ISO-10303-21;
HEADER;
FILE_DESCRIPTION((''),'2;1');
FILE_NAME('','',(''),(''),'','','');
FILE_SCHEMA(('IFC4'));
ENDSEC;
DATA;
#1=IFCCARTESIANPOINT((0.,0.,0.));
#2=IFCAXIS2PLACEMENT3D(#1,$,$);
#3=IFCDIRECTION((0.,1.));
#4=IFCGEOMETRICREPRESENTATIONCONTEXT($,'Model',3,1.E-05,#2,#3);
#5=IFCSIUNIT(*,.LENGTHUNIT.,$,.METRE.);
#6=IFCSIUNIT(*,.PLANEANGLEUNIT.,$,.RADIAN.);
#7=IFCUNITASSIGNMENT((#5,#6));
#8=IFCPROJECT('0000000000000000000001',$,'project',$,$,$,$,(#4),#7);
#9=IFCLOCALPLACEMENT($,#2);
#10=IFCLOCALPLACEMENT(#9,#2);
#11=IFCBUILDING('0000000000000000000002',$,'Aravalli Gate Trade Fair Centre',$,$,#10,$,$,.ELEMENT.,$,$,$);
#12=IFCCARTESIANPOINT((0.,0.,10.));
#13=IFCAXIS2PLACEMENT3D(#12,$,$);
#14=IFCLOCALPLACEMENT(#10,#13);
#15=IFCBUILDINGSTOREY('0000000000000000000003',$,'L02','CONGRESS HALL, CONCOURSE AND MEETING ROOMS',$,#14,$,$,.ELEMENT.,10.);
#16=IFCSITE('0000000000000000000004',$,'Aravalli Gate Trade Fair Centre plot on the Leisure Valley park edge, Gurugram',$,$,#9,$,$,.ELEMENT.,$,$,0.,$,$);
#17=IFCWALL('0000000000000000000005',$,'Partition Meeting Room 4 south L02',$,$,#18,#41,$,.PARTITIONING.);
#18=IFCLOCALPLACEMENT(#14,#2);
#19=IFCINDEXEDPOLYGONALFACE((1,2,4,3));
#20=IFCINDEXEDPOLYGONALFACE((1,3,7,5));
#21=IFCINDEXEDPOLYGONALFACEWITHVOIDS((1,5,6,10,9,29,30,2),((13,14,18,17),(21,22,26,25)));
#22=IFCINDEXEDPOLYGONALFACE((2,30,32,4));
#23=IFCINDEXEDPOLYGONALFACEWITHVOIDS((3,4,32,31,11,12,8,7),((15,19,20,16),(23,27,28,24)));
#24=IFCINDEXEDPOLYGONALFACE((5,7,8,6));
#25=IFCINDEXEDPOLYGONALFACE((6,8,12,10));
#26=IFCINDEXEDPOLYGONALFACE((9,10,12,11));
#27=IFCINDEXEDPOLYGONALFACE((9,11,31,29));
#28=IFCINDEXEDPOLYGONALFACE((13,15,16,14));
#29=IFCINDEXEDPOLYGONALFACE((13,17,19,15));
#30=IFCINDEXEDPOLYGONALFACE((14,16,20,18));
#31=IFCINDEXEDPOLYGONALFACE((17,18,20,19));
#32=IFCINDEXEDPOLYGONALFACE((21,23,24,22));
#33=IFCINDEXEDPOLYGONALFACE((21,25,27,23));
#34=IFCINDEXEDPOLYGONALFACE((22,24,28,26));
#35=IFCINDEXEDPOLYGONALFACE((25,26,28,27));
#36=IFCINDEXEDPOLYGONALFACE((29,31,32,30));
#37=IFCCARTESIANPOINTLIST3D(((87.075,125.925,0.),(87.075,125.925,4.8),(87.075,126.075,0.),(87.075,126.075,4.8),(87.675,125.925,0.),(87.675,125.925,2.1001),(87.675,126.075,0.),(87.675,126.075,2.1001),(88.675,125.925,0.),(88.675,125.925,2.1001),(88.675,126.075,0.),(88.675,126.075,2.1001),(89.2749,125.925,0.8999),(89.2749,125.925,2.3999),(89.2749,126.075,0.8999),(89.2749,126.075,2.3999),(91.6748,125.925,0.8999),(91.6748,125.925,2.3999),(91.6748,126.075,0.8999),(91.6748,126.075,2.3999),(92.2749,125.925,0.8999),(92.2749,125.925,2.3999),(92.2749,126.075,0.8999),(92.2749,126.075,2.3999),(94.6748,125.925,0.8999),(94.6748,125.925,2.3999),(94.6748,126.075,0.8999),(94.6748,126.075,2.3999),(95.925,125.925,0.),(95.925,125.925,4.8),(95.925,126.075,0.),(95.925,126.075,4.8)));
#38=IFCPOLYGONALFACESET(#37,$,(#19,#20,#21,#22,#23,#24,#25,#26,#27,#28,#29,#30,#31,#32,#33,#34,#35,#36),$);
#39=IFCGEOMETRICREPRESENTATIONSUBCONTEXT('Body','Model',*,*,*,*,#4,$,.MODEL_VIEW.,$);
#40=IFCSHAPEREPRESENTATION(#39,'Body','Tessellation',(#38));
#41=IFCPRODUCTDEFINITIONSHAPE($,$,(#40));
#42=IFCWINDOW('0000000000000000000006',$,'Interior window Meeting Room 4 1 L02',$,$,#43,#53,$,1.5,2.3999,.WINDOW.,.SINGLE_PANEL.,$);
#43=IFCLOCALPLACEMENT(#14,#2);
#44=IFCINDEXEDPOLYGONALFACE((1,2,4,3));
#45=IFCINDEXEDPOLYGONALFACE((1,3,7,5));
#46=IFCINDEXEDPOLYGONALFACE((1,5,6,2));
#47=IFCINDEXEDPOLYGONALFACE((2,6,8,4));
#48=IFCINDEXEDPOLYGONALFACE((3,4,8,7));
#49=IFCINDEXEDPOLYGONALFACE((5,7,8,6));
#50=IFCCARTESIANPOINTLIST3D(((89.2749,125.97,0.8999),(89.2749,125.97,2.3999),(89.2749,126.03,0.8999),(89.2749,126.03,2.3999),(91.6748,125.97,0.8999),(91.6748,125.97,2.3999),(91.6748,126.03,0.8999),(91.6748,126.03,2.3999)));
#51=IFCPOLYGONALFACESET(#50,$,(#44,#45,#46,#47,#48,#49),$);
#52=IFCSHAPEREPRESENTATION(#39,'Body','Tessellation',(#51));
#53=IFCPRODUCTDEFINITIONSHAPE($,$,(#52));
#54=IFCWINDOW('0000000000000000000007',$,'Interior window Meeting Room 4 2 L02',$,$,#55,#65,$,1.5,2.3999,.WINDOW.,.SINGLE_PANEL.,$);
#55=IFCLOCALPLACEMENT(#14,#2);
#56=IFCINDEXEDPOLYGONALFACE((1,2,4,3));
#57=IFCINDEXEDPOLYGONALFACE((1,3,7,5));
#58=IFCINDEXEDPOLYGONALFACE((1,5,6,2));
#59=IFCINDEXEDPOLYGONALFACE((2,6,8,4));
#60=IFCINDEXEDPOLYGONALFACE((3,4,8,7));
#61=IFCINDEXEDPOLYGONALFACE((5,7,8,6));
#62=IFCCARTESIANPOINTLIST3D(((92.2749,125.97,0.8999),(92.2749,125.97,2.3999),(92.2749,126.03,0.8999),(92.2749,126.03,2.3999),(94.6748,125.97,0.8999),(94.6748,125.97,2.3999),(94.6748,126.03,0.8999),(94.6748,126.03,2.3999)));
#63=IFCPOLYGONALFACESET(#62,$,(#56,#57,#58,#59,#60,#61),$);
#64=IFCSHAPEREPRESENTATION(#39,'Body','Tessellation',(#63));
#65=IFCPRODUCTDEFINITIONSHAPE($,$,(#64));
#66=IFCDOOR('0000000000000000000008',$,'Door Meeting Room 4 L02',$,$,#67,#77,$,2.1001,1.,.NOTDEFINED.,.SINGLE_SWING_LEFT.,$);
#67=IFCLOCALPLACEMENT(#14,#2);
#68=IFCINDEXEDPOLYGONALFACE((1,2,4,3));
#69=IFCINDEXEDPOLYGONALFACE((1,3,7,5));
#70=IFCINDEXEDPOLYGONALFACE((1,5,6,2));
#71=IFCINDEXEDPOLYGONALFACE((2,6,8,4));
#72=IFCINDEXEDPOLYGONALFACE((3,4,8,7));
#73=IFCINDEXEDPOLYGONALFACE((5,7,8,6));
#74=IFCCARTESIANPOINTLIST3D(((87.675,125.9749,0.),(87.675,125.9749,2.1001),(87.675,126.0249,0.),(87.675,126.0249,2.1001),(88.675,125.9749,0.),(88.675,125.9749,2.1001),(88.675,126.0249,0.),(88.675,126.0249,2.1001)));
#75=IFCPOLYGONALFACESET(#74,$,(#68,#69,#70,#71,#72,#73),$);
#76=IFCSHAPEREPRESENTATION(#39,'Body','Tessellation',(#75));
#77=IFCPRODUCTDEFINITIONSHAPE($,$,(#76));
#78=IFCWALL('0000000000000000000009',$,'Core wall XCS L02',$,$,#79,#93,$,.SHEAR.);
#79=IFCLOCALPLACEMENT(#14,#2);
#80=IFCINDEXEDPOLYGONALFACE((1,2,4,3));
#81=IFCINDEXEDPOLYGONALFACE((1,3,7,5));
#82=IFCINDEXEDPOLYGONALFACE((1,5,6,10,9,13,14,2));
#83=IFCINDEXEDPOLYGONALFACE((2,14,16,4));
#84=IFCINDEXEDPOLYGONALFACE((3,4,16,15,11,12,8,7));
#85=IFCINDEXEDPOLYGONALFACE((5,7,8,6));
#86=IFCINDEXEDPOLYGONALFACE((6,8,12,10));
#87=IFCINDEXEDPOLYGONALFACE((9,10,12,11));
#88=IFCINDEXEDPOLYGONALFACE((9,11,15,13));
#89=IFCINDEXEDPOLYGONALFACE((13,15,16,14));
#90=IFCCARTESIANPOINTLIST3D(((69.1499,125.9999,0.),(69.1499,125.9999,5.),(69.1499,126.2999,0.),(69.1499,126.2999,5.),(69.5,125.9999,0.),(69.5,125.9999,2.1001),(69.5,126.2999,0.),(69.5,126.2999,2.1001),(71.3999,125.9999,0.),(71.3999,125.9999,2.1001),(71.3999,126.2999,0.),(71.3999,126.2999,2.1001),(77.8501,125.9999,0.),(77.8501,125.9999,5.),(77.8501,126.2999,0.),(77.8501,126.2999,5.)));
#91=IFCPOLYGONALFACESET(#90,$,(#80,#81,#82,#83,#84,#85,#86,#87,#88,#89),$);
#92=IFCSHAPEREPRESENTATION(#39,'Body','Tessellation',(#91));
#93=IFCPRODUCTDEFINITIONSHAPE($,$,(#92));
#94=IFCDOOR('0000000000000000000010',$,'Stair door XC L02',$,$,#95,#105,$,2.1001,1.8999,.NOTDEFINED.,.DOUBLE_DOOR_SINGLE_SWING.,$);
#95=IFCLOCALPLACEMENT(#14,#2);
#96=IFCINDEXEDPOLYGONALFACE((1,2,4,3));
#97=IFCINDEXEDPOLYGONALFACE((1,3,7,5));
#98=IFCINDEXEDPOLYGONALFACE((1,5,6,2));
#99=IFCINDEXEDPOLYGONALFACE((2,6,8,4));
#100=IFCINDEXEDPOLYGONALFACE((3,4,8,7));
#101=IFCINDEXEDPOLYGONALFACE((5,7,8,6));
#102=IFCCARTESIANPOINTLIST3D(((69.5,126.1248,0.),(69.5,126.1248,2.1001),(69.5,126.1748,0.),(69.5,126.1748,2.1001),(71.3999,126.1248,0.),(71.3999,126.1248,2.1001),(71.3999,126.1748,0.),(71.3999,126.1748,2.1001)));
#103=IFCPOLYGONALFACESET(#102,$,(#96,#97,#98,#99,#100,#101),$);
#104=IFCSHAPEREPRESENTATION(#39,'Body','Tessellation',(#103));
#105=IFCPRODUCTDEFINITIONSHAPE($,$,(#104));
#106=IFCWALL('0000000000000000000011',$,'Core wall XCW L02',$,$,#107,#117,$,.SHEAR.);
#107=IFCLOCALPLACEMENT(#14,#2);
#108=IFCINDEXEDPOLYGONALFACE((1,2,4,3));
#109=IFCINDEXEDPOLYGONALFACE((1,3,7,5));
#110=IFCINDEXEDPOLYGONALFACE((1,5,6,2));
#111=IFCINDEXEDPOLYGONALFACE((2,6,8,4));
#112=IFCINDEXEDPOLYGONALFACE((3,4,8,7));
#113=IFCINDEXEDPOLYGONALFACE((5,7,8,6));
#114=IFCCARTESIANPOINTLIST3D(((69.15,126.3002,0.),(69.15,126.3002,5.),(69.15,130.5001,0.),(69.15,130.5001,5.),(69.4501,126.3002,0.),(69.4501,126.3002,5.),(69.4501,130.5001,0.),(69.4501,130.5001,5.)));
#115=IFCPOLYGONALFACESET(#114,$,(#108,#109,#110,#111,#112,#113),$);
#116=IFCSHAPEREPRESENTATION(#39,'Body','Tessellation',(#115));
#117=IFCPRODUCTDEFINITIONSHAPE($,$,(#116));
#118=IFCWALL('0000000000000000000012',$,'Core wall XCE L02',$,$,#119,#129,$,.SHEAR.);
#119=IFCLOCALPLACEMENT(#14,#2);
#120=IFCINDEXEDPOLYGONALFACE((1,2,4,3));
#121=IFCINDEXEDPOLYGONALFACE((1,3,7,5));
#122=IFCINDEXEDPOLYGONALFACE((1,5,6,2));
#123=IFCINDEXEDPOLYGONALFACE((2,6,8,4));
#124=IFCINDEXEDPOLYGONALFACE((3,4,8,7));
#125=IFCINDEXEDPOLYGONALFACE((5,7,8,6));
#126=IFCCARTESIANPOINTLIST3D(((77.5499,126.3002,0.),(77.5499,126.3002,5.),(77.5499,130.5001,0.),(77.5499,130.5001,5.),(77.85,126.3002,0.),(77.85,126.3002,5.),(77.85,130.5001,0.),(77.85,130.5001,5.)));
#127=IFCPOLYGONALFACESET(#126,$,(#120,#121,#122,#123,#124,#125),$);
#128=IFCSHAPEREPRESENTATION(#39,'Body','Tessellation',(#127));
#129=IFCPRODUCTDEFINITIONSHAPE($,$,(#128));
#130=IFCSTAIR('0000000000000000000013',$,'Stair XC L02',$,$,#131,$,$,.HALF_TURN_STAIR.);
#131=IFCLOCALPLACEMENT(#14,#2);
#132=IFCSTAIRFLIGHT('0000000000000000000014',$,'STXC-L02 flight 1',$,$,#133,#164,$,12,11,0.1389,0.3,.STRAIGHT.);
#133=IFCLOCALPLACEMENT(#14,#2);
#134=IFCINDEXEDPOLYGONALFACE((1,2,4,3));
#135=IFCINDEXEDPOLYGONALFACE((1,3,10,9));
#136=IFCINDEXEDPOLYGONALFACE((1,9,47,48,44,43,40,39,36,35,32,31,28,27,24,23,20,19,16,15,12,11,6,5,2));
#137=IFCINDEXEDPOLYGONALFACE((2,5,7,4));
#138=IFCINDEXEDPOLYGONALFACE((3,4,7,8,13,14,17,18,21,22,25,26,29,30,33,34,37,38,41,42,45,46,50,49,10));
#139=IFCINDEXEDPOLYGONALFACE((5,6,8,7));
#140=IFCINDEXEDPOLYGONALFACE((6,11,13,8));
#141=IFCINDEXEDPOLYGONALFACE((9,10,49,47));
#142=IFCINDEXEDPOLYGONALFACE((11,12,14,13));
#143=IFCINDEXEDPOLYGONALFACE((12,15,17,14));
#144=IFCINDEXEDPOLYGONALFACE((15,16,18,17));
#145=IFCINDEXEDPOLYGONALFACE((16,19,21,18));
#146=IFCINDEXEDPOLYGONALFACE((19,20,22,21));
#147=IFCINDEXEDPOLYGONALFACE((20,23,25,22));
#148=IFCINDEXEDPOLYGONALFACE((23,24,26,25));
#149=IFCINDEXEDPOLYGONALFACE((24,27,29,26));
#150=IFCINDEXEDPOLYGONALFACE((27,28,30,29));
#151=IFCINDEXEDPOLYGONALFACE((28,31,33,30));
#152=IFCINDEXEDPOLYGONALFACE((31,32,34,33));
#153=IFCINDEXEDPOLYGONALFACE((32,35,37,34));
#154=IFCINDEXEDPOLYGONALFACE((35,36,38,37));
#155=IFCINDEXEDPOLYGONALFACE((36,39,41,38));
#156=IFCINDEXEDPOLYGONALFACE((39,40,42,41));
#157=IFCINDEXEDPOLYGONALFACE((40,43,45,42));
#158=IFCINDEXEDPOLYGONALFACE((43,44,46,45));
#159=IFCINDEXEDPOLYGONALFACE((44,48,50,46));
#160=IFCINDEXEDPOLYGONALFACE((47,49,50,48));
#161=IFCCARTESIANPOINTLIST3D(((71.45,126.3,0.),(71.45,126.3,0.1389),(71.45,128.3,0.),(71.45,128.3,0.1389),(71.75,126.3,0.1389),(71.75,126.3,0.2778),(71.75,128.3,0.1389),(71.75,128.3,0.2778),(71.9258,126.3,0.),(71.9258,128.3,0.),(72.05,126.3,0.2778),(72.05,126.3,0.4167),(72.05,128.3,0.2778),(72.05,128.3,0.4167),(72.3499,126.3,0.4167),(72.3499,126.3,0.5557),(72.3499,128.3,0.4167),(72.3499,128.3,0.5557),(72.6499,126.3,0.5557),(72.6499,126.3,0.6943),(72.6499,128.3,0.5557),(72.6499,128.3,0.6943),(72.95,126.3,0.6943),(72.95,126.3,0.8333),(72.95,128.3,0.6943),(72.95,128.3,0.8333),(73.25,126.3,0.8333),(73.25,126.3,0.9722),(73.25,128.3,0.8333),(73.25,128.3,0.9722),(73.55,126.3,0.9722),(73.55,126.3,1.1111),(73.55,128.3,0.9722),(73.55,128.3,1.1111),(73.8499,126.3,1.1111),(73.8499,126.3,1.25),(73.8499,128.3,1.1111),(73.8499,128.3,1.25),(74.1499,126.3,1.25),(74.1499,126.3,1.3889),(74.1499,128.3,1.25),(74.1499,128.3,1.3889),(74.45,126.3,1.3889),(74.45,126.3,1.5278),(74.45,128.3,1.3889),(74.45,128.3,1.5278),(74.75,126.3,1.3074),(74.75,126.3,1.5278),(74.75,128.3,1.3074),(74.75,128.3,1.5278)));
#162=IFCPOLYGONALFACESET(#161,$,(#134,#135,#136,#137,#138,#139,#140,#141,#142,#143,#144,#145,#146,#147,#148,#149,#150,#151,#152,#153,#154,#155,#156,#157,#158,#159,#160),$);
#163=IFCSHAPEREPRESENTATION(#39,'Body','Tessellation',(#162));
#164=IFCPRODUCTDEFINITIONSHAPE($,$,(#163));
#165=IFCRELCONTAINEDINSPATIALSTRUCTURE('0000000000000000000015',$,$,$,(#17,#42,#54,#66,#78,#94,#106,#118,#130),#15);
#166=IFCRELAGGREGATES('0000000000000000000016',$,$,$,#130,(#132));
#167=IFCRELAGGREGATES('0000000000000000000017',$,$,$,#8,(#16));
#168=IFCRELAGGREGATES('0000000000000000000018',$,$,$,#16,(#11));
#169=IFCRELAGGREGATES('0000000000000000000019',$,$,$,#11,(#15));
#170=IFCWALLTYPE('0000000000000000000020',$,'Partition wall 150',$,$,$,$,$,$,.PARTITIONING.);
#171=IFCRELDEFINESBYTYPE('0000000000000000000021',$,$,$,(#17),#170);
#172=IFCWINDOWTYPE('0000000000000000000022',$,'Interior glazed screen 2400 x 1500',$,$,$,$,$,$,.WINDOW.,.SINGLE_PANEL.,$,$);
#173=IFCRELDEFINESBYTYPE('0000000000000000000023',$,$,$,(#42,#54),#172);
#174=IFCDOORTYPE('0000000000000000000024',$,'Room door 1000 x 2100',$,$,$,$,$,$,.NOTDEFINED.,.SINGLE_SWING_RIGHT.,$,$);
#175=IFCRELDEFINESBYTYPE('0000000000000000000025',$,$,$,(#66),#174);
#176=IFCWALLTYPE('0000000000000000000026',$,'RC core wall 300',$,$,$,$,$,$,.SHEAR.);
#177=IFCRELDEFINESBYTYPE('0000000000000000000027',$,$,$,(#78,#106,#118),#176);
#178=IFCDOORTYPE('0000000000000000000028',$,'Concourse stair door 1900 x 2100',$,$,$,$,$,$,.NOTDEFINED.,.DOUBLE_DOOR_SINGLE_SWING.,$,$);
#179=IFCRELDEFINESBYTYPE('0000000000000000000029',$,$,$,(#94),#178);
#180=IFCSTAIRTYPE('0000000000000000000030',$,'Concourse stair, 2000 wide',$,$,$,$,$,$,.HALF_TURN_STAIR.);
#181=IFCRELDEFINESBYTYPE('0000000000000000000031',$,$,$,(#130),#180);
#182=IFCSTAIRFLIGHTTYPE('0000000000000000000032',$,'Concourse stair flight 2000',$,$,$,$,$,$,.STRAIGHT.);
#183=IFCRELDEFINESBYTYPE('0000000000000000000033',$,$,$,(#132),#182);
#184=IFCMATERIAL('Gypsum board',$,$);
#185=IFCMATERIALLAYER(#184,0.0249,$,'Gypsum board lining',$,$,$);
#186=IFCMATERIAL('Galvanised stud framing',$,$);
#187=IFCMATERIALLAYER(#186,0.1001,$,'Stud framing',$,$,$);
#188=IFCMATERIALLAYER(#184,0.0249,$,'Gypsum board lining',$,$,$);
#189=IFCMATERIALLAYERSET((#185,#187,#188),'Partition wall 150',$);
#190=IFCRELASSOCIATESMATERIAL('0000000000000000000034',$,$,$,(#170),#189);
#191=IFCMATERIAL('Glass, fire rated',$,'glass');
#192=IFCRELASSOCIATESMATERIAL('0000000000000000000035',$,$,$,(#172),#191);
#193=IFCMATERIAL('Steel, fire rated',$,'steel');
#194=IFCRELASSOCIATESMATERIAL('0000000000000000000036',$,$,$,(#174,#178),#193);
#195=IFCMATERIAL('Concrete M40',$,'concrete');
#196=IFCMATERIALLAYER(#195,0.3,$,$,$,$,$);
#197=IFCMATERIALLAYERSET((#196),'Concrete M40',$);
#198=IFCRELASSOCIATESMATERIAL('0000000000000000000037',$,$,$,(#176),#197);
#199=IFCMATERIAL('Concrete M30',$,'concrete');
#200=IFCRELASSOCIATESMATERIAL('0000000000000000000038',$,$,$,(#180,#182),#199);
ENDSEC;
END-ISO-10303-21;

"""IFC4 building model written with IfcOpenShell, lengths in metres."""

from ifc_helpers import new_model, si_unit, direction, frame, frame_2d, origin, place, context, subcontext, project, spatial, polyline, rectangle, outline, extrude, material, layer, layer_set, type_object, element, fill, aggregate, save


model = new_model("IFC4")

# Units and contexts
model_context = context("Model", 3, precision=1e-05, world=origin(), true_north=direction((0.0, 1.0)))
body_context = subcontext(model_context, "Body", "Model", "MODEL_VIEW")
ifc_project = project(units=[si_unit("LENGTHUNIT", "METRE"), si_unit("PLANEANGLEUNIT", "RADIAN")], contexts=[model_context])

# Site, building, storey
site_placement = place(None, origin())
site = spatial("IfcSite", under=ifc_project, at=site_placement, Name="Aravalli Gate Trade Fair Centre plot on the Leisure Valley park edge, Gurugram", CompositionType="ELEMENT", RefElevation=0.0)
building_placement = place(site_placement, origin())
building = spatial("IfcBuilding", under=site, at=building_placement, Name="Aravalli Gate Trade Fair Centre", CompositionType="ELEMENT")
storey_placement = place(building_placement, frame((0.0, 0.0, 10.0)))
storey = spatial("IfcBuildingStorey", under=building, at=storey_placement, Name="L02", Description="CONGRESS HALL, CONCOURSE AND MEETING ROOMS", CompositionType="ELEMENT", Elevation=10.0)

# Shared definitions
ifc_material_1 = material(Name="Gypsum board")
ifc_layer_1 = layer(ifc_material_1, 0.0249, Name="Gypsum board lining")
ifc_material_2 = material(Name="Galvanised stud framing")
ifc_layer_2 = layer(ifc_material_2, 0.1001, Name="Stud framing")
ifc_layer_3 = layer(ifc_material_1, 0.0249, Name="Gypsum board lining")
ifc_layer_set_1 = layer_set([ifc_layer_1, ifc_layer_2, ifc_layer_3], Name="Partition wall 150")
wall_type_1 = type_object("IfcWallType", Name="Partition wall 150", PredefinedType="PARTITIONING", material=ifc_layer_set_1)

# Shared definitions
ifc_material_3 = material(Name="Glass, fire rated", Category="glass")
window_type = type_object("IfcWindowType", Name="Interior glazed screen 2400 x 1500", PartitioningType="SINGLE_PANEL", PredefinedType="WINDOW", material=ifc_material_3)
ifc_material_4 = material(Name="Steel, fire rated", Category="steel")
door_type_1 = type_object("IfcDoorType", Name="Room door 1000 x 2100", OperationType="SINGLE_SWING_RIGHT", PredefinedType="NOTDEFINED", material=ifc_material_4)

# Wall, openings, windows, door
wall_1_placement = place(storey_placement, frame((87.075, 126.0, 0.0), z_axis=(0.0, 0.0, 1.0), x_axis=(1.0, 0.0, 0.0)))
wall_1 = element("IfcWall", 1, at=wall_1_placement, inside=storey, type_object=wall_type_1, Name="Partition Meeting Room 4 south L02", PredefinedType="PARTITIONING", context=body_context, shape_type="SweptSolid", body=[
    extrude(rectangle(XDim=8.8501, YDim=0.1499, at=frame_2d((4.425, 0.0))), origin(), (0.0, 0.0, 1.0), 4.8),
])
opening_1_placement = place(wall_1_placement, frame((0.6001, 0.0, 0.0)))
opening_1 = element("IfcOpeningElement", 2, at=opening_1_placement, cuts=wall_1, PredefinedType="OPENING", context=body_context, shape_type="SweptSolid", body=[
    extrude(rectangle(XDim=1.0, YDim=2.1001, at=frame_2d((0.5, 1.05))), frame((0.0, 0.085, 0.0), z_axis=(0.0, -1.0, 0.0), x_axis=(1.0, 0.0, 0.0)), (0.0, 0.0, 1.0), 0.1699),
])
opening_2_placement = place(wall_1_placement, frame((2.2, 0.0, 0.8999)))
opening_2 = element("IfcOpeningElement", 3, at=opening_2_placement, cuts=wall_1, PredefinedType="OPENING", context=body_context, shape_type="SweptSolid", body=[
    extrude(rectangle(XDim=2.3999, YDim=1.5, at=frame_2d((1.2, 0.75))), frame((0.0, 0.085, 0.0), z_axis=(0.0, -1.0, 0.0), x_axis=(1.0, 0.0, 0.0)), (0.0, 0.0, 1.0), 0.1699),
])
opening_3_placement = place(wall_1_placement, frame((5.2, 0.0, 0.8999)))
opening_3 = element("IfcOpeningElement", 4, at=opening_3_placement, cuts=wall_1, PredefinedType="OPENING", context=body_context, shape_type="SweptSolid", body=[
    extrude(rectangle(XDim=2.3999, YDim=1.5, at=frame_2d((1.2, 0.75))), frame((0.0, 0.085, 0.0), z_axis=(0.0, -1.0, 0.0), x_axis=(1.0, 0.0, 0.0)), (0.0, 0.0, 1.0), 0.1699),
])
window_1_placement = place(opening_2_placement, origin())
window_1 = element("IfcWindow", 5, at=window_1_placement, inside=storey, type_object=window_type, Name="Interior window Meeting Room 4 1 L02", OverallHeight=1.5, OverallWidth=2.3999, PartitioningType="SINGLE_PANEL", PredefinedType="WINDOW", context=body_context, shape_type="SweptSolid", body=[
    extrude(rectangle(XDim=2.3999, YDim=1.5, at=frame_2d((1.2, 0.75))), frame((0.0, 0.03, 0.0), z_axis=(0.0, -1.0, 0.0), x_axis=(1.0, 0.0, 0.0)), (0.0, 0.0, 1.0), 0.0601),
])
fill(opening_2, window_1)
window_2_placement = place(opening_3_placement, origin())
window_2 = element("IfcWindow", 6, at=window_2_placement, inside=storey, type_object=window_type, Name="Interior window Meeting Room 4 2 L02", OverallHeight=1.5, OverallWidth=2.3999, PartitioningType="SINGLE_PANEL", PredefinedType="WINDOW", context=body_context, shape_type="SweptSolid", body=[
    extrude(rectangle(XDim=2.3999, YDim=1.5, at=frame_2d((1.2, 0.75))), frame((0.0, 0.03, 0.0), z_axis=(0.0, -1.0, 0.0), x_axis=(1.0, 0.0, 0.0)), (0.0, 0.0, 1.0), 0.0601),
])
fill(opening_3, window_2)
door_1_placement = place(opening_1_placement, origin())
door_1 = element("IfcDoor", 7, at=door_1_placement, inside=storey, type_object=door_type_1, Name="Door Meeting Room 4 L02", OperationType="SINGLE_SWING_LEFT", OverallHeight=2.1001, OverallWidth=1.0, PredefinedType="NOTDEFINED", context=body_context, shape_type="SweptSolid", body=[
    extrude(rectangle(XDim=1.0, YDim=2.1001, at=frame_2d((0.5, 1.05))), frame((0.0, 0.0249, 0.0), z_axis=(0.0, -1.0, 0.0), x_axis=(1.0, 0.0, 0.0)), (0.0, 0.0, 1.0), 0.05),
])
fill(opening_1, door_1)

# Wall, opening, door
ifc_material_5 = material(Name="Concrete M40", Category="concrete")
ifc_layer_4 = layer(ifc_material_5, 0.3)
ifc_layer_set_2 = layer_set([ifc_layer_4], Name="Concrete M40")
wall_type_2 = type_object("IfcWallType", Name="RC core wall 300", PredefinedType="SHEAR", material=ifc_layer_set_2)
wall_2_placement = place(storey_placement, frame((69.1499, 126.1499, 0.0), z_axis=(0.0, 0.0, 1.0), x_axis=(1.0, 0.0, 0.0)))
wall_2 = element("IfcWall", 8, at=wall_2_placement, inside=storey, type_object=wall_type_2, Name="Core wall XCS L02", PredefinedType="SHEAR", context=body_context, shape_type="SweptSolid", body=[
    extrude(rectangle(XDim=8.7002, YDim=0.3, at=frame_2d((4.3501, 0.0))), origin(), (0.0, 0.0, 1.0), 5.0),
])
opening_4_placement = place(wall_2_placement, frame((0.3501, 0.0, 0.0)))
opening_4 = element("IfcOpeningElement", 9, at=opening_4_placement, cuts=wall_2, PredefinedType="OPENING", context=body_context, shape_type="SweptSolid", body=[
    extrude(rectangle(XDim=1.8999, YDim=2.1001, at=frame_2d((0.95, 1.05))), frame((0.0, 0.1599, 0.0), z_axis=(0.0, -1.0, 0.0), x_axis=(1.0, 0.0, 0.0)), (0.0, 0.0, 1.0), 0.3201),
])
door_type_2 = type_object("IfcDoorType", Name="Concourse stair door 1900 x 2100", OperationType="DOUBLE_DOOR_SINGLE_SWING", PredefinedType="NOTDEFINED", material=ifc_material_4)
door_2_placement = place(opening_4_placement, origin())
door_2 = element("IfcDoor", 10, at=door_2_placement, inside=storey, type_object=door_type_2, Name="Stair door XC L02", OperationType="DOUBLE_DOOR_SINGLE_SWING", OverallHeight=2.1001, OverallWidth=1.8999, PredefinedType="NOTDEFINED", context=body_context, shape_type="SweptSolid", body=[
    extrude(rectangle(XDim=1.8999, YDim=2.1001, at=frame_2d((0.95, 1.05))), frame((0.0, 0.0249, 0.0), z_axis=(0.0, -1.0, 0.0), x_axis=(1.0, 0.0, 0.0)), (0.0, 0.0, 1.0), 0.05),
])
fill(opening_4, door_2)

# Walls
for number, where, z_axis, x_axis, name in (
    (11, (69.3, 126.3, 0.0), (0.0, 0.0, 1.0), (0.0, 1.0, 0.0), "Core wall XCW L02"),
    (12, (77.7, 126.3, 0.0), (0.0, 0.0, 1.0), (0.0, 1.0, 0.0), "Core wall XCE L02"),
):
    element("IfcWall", number, at=place(storey_placement, frame(where, z_axis=z_axis, x_axis=x_axis)), inside=storey, type_object=wall_type_2, Name=name, PredefinedType="SHEAR", context=body_context, shape_type="SweptSolid", body=[
        extrude(rectangle(XDim=4.2, YDim=0.3, at=frame_2d((2.1001, 0.0))), origin(), (0.0, 0.0, 1.0), 5.0),
    ])

# Stair, stair flight
ifc_material_6 = material(Name="Concrete M30", Category="concrete")
stair_type = type_object("IfcStairType", Name="Concourse stair, 2000 wide", PredefinedType="HALF_TURN_STAIR", material=ifc_material_6)
stair_placement = place(storey_placement, origin())
stair = element("IfcStair", 13, at=stair_placement, inside=storey, type_object=stair_type, Name="Stair XC L02", PredefinedType="HALF_TURN_STAIR")
stair_flight_type = type_object("IfcStairFlightType", Name="Concourse stair flight 2000", PredefinedType="STRAIGHT", material=ifc_material_6)
stair_flight_1_placement = place(storey_placement, frame((71.45, 127.3, 0.0), z_axis=(0.0, 0.0, 1.0), x_axis=(1.0, 0.0, 0.0)))
stair_flight_1 = element("IfcStairFlight", 14, at=stair_flight_1_placement, type_object=stair_flight_type, Name="STXC-L02 flight 1", NumberOfRisers=12, NumberOfTreads=11, PredefinedType="STRAIGHT", RiserHeight=0.1389, TreadLength=0.3, context=body_context, shape_type="SweptSolid", body=[
    extrude(outline(polyline([(0.0, 0.0), (0.0, 0.1389), (0.3, 0.1389), (0.3, 0.2778), (0.6001, 0.2778), (0.6001, 0.4167), (0.8999, 0.4167), (0.8999, 0.5557), (1.2, 0.5557), (1.2, 0.6943), (1.5, 0.6943), (1.5, 0.8333), (1.8, 0.8333), (1.8, 0.9722), (2.1001, 0.9722), (2.1001, 1.1111), (2.3999, 1.1111), (2.3999, 1.25), (2.7, 1.25), (2.7, 1.3889), (3.0, 1.3889), (3.0, 1.5278), (3.3, 1.5278), (3.3, 1.6667), (3.3, 1.3074), (0.4758, 0.0), (0.0, 0.0)])), frame((0.0, 1.0, 0.0), z_axis=(0.0, -1.0, 0.0), x_axis=(1.0, 0.0, 0.0)), (0.0, 0.0, 1.0), 2.0),
])
aggregate(stair, [stair_flight_1])

save(model, "model.ifc")
